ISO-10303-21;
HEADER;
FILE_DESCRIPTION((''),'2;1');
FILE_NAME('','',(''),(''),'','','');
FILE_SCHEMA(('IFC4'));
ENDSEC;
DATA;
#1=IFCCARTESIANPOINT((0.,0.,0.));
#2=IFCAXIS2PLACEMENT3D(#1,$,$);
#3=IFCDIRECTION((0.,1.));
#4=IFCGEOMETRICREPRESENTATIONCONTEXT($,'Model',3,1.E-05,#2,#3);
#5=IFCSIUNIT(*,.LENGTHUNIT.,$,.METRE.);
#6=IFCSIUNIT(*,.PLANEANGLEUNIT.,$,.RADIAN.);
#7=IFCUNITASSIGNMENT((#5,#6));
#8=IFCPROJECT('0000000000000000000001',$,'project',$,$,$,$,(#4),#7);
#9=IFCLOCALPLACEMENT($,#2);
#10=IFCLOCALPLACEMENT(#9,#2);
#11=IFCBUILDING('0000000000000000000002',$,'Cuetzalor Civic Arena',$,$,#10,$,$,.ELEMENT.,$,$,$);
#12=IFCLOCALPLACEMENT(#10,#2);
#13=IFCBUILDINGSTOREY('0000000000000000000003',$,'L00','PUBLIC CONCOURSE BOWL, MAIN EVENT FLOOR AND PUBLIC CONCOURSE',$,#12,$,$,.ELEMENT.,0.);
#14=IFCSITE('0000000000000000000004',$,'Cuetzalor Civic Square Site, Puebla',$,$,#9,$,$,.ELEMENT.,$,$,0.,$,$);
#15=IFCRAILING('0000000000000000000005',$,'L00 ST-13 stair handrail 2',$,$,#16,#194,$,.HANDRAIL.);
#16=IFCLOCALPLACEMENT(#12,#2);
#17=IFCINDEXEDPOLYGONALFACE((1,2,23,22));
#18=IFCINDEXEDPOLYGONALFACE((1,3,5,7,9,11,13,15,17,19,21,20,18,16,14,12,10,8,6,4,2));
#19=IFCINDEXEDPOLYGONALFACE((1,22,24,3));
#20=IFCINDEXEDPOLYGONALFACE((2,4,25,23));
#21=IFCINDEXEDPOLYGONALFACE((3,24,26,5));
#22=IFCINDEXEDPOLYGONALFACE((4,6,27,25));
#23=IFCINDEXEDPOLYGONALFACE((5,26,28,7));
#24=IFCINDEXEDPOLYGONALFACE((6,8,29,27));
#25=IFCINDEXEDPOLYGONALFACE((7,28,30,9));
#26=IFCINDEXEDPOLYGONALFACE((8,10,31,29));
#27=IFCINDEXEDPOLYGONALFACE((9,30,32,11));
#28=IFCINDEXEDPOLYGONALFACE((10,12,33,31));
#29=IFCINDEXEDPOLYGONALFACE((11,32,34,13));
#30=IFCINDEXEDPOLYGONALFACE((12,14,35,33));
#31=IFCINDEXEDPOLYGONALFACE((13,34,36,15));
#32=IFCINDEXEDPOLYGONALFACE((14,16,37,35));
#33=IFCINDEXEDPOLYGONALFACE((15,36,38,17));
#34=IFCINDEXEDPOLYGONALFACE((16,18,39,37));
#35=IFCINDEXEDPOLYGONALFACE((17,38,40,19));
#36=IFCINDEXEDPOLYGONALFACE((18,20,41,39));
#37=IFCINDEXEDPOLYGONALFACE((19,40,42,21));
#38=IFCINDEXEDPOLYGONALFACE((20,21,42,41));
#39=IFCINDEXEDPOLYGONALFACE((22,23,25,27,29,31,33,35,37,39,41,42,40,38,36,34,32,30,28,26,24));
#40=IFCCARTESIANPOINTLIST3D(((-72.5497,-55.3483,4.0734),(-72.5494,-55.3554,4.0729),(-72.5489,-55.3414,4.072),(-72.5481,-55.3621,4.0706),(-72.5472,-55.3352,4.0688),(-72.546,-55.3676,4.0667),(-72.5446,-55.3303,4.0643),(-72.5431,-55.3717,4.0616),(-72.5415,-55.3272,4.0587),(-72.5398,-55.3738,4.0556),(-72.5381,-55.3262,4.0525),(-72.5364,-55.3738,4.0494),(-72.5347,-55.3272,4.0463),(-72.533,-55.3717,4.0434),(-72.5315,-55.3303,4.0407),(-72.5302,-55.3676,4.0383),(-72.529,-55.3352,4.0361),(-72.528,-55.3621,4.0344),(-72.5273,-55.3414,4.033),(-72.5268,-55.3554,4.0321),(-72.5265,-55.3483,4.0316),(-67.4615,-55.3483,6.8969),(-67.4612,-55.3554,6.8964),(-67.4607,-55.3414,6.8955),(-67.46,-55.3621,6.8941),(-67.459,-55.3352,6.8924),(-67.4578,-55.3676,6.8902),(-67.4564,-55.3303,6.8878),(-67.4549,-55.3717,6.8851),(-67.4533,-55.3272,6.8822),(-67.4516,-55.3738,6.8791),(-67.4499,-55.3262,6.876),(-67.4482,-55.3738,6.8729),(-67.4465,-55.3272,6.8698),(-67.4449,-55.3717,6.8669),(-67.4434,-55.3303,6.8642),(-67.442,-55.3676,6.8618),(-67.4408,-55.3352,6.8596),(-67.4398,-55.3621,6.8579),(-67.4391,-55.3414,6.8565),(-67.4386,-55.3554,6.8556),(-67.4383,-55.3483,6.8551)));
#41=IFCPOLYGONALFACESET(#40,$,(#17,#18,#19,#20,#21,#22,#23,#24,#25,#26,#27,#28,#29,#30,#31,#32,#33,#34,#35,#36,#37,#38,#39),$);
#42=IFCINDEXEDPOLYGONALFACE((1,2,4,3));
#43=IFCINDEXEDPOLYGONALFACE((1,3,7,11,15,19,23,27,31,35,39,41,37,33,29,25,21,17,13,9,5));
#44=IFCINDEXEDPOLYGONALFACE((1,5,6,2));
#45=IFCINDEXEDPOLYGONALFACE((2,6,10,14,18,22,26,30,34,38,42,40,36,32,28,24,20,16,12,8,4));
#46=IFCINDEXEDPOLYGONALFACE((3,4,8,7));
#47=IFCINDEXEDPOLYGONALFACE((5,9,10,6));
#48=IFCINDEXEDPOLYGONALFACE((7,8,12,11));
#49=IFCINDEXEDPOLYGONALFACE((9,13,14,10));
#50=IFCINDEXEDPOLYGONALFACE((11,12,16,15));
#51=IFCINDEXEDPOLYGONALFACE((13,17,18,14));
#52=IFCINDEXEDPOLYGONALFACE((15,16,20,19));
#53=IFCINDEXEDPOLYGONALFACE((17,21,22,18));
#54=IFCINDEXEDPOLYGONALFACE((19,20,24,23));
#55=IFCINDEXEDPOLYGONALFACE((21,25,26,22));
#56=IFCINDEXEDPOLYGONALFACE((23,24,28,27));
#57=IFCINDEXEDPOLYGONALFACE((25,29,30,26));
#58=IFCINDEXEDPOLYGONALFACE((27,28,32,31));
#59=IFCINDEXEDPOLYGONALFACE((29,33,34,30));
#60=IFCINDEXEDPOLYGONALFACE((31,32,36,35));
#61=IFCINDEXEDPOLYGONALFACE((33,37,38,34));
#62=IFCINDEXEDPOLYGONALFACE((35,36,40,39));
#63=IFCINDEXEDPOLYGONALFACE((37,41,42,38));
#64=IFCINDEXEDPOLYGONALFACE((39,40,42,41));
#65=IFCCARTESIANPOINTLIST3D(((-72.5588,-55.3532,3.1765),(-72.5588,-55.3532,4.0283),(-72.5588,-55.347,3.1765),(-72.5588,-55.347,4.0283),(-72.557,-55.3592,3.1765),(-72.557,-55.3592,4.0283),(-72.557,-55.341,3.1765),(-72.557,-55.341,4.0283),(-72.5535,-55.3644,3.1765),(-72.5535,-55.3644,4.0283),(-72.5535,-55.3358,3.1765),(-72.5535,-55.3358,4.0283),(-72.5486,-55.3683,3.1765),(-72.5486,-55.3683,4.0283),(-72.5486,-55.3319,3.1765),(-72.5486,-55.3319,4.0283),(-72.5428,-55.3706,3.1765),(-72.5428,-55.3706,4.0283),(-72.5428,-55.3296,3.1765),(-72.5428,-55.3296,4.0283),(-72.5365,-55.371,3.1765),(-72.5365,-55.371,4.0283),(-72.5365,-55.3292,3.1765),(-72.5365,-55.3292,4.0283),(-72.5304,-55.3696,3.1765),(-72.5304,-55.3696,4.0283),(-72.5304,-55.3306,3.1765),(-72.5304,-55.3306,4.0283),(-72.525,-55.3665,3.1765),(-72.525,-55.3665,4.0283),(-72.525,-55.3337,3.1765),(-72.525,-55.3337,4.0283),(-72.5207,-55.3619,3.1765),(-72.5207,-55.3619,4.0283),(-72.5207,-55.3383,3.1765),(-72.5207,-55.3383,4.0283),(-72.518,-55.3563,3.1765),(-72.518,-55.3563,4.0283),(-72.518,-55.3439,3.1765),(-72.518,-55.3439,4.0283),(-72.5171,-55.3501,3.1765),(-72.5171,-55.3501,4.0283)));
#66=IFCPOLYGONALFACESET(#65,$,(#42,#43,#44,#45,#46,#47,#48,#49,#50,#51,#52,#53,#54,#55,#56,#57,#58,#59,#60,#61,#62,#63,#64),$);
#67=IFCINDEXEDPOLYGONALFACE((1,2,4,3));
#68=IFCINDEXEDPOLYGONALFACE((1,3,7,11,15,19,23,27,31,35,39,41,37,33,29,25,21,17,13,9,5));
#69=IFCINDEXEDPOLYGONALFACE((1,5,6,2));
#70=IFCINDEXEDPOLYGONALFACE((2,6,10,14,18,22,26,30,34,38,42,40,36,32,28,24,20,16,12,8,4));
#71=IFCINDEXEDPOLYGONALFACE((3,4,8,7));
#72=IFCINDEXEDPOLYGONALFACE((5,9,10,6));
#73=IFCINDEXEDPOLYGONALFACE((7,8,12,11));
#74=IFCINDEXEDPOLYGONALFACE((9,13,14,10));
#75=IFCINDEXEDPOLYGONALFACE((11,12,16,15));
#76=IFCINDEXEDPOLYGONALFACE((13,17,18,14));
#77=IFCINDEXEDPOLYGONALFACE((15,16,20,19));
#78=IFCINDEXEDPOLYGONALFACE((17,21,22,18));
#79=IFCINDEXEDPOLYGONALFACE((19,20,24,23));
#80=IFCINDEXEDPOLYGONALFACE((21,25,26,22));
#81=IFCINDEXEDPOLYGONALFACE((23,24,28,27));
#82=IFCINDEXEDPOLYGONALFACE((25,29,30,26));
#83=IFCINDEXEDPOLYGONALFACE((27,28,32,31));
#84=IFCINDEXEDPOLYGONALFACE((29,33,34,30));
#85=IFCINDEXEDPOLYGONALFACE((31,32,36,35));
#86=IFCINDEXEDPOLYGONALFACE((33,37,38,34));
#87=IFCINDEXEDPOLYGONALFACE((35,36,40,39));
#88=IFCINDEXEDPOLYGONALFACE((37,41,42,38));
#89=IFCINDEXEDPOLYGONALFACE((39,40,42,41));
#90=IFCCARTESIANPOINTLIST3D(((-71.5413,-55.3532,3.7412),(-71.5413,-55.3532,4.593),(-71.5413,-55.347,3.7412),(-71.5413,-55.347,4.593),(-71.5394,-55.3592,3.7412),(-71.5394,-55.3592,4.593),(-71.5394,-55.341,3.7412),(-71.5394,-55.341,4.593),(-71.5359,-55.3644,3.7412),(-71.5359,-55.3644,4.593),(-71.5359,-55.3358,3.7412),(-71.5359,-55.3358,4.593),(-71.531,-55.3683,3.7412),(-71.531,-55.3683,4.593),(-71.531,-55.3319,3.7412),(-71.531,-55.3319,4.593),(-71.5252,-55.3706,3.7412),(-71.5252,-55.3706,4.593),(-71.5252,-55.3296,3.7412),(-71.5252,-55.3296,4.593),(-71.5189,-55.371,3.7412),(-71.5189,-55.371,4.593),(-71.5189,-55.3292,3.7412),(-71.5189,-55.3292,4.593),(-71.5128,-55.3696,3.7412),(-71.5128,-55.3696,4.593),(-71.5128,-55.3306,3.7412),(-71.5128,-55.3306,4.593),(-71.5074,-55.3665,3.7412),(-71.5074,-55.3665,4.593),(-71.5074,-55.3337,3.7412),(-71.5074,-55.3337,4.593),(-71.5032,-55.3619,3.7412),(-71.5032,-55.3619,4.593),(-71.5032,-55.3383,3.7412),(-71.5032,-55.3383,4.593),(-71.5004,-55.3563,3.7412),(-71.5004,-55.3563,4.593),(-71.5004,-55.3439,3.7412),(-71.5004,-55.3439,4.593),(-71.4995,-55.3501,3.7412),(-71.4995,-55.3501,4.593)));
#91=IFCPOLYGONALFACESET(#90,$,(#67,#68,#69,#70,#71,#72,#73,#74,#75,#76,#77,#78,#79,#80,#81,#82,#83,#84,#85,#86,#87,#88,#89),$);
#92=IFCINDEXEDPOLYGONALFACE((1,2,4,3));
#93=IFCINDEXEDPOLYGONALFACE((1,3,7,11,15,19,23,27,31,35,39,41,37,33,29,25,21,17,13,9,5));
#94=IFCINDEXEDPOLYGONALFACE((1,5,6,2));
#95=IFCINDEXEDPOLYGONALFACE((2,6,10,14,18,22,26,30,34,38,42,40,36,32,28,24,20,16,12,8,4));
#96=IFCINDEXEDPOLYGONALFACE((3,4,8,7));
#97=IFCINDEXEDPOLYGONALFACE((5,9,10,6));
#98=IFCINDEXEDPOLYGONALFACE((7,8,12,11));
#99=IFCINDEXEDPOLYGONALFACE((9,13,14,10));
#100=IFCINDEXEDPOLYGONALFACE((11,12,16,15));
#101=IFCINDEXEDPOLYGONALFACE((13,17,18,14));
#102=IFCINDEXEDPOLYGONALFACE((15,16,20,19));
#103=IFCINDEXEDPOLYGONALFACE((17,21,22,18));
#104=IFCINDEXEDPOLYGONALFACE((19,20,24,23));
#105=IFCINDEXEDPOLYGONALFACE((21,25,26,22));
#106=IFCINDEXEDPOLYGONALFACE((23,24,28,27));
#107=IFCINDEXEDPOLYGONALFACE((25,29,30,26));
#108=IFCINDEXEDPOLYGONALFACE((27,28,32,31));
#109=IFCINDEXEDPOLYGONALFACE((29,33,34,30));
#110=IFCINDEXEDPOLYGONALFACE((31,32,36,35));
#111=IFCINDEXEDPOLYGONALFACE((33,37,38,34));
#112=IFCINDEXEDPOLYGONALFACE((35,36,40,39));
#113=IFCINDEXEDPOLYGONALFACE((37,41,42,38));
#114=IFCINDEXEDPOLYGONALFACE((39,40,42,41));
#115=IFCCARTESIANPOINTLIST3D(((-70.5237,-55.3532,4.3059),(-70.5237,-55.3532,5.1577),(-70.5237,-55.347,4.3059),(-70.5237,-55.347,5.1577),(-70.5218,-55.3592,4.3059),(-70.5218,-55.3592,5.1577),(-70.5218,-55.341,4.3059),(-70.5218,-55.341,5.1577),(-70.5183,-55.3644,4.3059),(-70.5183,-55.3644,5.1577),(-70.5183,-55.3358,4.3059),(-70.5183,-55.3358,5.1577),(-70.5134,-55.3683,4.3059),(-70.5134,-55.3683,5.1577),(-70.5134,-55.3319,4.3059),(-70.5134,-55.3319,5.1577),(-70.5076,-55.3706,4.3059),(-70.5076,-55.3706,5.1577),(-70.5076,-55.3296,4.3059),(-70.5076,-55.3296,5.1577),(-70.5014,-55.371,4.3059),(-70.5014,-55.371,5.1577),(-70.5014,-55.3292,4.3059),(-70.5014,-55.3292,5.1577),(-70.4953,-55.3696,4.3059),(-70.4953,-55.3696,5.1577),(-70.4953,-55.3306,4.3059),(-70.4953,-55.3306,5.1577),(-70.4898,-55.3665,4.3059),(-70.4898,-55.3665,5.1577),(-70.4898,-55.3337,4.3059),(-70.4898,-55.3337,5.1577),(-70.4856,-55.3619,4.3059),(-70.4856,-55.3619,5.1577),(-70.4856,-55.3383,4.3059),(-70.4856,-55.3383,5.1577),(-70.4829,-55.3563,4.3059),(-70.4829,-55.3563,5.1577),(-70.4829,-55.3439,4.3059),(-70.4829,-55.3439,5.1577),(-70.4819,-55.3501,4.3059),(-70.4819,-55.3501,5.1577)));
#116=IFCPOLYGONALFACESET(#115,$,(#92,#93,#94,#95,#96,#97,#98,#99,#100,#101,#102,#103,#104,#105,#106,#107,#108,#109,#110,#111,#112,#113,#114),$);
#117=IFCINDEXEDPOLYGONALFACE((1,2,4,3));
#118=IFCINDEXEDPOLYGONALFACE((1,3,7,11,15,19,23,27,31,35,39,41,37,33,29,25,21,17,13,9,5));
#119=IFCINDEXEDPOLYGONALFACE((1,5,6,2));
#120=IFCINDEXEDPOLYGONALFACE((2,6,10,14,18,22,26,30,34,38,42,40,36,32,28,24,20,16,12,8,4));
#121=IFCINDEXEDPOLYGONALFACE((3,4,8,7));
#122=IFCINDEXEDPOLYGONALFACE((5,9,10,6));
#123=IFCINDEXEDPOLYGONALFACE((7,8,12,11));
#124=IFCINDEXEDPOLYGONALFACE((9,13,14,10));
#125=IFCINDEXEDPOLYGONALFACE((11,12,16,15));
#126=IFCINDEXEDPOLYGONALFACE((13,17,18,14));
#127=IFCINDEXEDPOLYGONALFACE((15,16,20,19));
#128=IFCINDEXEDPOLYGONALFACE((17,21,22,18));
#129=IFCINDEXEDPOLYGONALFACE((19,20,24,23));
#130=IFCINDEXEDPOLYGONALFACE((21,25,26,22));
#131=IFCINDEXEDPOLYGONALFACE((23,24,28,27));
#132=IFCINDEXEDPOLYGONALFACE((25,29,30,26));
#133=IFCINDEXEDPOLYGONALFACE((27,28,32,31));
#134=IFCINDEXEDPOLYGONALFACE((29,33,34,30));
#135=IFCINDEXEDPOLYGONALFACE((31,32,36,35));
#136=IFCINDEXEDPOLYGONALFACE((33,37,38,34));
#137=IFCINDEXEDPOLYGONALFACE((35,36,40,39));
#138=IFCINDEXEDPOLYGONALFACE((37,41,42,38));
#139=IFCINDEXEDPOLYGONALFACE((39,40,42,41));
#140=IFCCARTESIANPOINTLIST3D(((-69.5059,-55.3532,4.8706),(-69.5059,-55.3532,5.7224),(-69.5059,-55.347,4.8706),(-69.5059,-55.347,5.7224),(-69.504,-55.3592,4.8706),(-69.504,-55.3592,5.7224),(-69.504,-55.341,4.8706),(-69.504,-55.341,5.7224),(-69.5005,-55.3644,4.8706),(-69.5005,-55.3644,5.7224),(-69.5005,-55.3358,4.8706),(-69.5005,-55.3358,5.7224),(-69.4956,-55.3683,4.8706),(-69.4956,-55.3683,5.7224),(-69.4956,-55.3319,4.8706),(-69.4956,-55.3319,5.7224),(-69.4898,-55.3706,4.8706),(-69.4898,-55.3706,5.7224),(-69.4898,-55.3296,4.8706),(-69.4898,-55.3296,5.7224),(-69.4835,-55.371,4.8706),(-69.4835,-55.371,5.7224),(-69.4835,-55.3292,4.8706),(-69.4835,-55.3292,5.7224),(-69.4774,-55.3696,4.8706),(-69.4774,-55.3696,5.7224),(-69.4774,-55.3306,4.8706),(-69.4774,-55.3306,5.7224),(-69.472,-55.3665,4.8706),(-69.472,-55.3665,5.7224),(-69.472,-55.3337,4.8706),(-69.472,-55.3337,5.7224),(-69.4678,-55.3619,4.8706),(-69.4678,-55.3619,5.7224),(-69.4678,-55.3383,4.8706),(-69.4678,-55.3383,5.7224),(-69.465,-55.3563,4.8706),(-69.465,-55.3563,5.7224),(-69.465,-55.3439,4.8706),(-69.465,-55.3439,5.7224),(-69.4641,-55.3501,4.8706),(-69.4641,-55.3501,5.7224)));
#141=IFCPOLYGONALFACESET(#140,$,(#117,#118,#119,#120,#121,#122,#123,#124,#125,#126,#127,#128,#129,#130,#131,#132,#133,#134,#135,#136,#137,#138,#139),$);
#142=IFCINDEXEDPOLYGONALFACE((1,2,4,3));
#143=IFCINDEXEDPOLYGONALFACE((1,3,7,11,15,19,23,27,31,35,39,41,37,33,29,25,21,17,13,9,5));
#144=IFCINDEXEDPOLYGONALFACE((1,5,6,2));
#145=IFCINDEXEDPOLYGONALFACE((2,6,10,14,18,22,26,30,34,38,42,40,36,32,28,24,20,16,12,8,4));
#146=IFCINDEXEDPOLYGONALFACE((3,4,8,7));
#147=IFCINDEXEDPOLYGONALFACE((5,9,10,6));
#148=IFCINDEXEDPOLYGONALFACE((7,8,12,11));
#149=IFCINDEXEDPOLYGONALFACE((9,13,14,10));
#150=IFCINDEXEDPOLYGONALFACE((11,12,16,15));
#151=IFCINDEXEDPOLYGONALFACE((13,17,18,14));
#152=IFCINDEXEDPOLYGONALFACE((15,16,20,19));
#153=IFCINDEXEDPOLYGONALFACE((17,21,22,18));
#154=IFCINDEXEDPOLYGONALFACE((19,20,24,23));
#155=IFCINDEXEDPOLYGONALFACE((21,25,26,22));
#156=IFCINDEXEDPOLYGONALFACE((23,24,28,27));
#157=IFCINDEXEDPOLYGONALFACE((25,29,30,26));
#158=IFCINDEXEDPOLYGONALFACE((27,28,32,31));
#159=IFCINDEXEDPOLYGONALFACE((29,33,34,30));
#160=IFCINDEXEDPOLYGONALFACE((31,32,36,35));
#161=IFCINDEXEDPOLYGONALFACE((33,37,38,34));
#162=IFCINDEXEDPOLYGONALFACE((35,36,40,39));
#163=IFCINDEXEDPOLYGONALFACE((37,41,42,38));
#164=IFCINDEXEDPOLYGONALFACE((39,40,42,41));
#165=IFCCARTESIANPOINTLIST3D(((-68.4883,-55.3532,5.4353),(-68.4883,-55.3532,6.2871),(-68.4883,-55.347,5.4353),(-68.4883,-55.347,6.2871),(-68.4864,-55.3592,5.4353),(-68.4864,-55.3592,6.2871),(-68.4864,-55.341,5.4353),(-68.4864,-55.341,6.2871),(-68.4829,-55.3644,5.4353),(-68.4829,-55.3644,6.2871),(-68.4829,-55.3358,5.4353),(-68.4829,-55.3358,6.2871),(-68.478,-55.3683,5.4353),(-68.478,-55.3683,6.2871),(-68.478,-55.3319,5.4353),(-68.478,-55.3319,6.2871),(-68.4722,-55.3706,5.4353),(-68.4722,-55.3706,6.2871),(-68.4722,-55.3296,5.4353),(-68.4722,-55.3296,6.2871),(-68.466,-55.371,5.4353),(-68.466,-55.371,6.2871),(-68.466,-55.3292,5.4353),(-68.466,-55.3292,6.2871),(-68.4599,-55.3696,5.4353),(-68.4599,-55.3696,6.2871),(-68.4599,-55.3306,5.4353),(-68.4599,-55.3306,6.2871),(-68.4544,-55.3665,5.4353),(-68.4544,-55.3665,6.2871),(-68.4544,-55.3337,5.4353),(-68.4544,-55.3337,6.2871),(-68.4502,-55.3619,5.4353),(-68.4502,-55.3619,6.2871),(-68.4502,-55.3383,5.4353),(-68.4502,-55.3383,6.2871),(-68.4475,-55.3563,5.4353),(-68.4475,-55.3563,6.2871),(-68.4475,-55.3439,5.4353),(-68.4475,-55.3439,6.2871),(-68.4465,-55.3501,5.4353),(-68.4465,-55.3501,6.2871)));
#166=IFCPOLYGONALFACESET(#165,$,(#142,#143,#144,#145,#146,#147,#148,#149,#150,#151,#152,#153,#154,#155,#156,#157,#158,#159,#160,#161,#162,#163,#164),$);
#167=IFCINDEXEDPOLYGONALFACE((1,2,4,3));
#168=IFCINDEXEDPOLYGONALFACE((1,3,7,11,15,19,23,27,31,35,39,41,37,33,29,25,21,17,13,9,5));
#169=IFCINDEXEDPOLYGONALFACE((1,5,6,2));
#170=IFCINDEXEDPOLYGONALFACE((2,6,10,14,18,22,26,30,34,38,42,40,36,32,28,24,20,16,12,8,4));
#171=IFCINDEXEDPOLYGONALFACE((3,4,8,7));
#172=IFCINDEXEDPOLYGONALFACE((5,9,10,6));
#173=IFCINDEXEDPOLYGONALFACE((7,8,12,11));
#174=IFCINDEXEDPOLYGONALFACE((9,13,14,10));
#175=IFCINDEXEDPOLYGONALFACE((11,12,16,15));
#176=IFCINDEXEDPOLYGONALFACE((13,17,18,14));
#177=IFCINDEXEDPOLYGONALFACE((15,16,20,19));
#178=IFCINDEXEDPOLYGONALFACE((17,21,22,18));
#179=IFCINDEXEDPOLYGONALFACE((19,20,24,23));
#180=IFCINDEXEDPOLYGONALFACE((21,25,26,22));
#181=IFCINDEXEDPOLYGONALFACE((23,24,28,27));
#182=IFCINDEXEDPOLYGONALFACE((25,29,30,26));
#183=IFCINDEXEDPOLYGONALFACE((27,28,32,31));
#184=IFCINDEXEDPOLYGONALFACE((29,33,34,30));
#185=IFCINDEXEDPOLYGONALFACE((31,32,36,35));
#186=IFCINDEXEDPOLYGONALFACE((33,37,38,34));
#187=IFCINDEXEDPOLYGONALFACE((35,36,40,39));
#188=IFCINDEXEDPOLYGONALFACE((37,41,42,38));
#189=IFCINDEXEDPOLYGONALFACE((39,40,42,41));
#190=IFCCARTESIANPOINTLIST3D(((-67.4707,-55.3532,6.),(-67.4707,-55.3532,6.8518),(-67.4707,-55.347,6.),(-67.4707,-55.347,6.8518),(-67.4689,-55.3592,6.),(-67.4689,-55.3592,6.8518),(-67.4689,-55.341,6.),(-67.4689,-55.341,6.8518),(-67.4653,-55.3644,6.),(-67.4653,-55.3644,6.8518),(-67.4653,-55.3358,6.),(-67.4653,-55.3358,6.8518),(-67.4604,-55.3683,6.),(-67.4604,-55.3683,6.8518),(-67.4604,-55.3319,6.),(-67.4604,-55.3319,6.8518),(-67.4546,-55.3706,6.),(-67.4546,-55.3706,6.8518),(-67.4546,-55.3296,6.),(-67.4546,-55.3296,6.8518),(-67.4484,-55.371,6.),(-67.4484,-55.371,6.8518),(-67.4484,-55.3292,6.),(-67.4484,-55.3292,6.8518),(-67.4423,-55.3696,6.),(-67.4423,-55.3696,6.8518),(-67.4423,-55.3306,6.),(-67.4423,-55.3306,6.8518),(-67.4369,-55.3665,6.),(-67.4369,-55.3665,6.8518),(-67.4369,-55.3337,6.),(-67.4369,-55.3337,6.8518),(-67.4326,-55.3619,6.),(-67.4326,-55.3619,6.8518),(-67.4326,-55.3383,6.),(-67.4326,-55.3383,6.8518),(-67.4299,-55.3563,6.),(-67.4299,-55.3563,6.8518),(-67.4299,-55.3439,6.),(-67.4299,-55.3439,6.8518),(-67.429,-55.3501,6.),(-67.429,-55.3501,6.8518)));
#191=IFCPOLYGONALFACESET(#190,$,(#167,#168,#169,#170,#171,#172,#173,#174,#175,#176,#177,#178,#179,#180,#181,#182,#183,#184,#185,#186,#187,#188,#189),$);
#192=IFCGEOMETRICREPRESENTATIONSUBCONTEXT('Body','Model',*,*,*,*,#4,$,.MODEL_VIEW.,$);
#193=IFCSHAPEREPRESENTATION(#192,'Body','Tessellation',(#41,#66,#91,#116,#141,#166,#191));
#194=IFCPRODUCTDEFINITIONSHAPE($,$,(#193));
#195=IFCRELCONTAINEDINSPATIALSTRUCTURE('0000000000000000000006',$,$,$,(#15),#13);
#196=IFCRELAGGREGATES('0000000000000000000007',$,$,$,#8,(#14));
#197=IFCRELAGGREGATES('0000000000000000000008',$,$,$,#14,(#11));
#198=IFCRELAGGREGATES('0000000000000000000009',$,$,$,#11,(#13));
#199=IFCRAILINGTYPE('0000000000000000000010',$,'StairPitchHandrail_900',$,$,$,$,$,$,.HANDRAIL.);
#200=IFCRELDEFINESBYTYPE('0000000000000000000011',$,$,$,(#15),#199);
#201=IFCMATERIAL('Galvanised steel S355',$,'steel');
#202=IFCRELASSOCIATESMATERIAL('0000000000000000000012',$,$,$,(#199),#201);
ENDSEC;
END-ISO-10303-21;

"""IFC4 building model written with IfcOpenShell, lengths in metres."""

from ifc_helpers import new_model, si_unit, direction, frame, origin, origin_2d, place, context, subcontext, project, spatial, circle, extrude, material, type_object, element, save


model = new_model("IFC4")

# Units and contexts
model_context = context("Model", 3, precision=1e-05, world=origin(), true_north=direction((0.0, 1.0)))
body_context = subcontext(model_context, "Body", "Model", "MODEL_VIEW")
ifc_project = project(units=[si_unit("LENGTHUNIT", "METRE"), si_unit("PLANEANGLEUNIT", "RADIAN")], contexts=[model_context])

# Site, building, storey
site_placement = place(None, origin())
site = spatial("IfcSite", under=ifc_project, at=site_placement, Name="Cuetzalor Civic Square Site, Puebla", CompositionType="ELEMENT", RefElevation=0.0)
building_placement = place(site_placement, origin())
building = spatial("IfcBuilding", under=site, at=building_placement, Name="Cuetzalor Civic Arena", CompositionType="ELEMENT")
storey_placement = place(building_placement, origin())
storey = spatial("IfcBuildingStorey", under=building, at=storey_placement, Name="L00", Description="PUBLIC CONCOURSE BOWL, MAIN EVENT FLOOR AND PUBLIC CONCOURSE", CompositionType="ELEMENT", Elevation=0.0)

# Railing
ifc_material_1 = material(Name="Galvanised steel S355", Category="steel")
railing_type_1 = type_object("IfcRailingType", Name="StairPitchHandrail_900", PredefinedType="HANDRAIL", material=ifc_material_1)
railing_1_placement = place(storey_placement, frame((-72.5381, -55.3501, 3.1765)))
element("IfcRailing", 1, at=railing_1_placement, inside=storey, type_object=railing_type_1, Name="L00 ST-13 stair handrail 2", PredefinedType="HANDRAIL", context=body_context, shape_type="SweptSolid", body=[
    extrude(circle(Radius=0.0239, at=origin_2d()), frame((0.0, 0.0, 0.876), z_axis=(0.874395, 0.0, 0.485215), x_axis=(0.0, 1.0, 0.0)), (0.0, 0.0, 1.0), 5.8191),
    extrude(circle(Radius=0.021, at=origin_2d()), origin(), (0.0, 0.0, 1.0), 0.8518),
    extrude(circle(Radius=0.021, at=origin_2d()), frame((1.0176, 0.0, 0.5647)), (0.0, 0.0, 1.0), 0.8518),
    extrude(circle(Radius=0.021, at=origin_2d()), frame((2.0352, 0.0, 1.1294)), (0.0, 0.0, 1.0), 0.8518),
    extrude(circle(Radius=0.021, at=origin_2d()), frame((3.053, 0.0, 1.6941)), (0.0, 0.0, 1.0), 0.8518),
    extrude(circle(Radius=0.021, at=origin_2d()), frame((4.0706, 0.0, 2.2588)), (0.0, 0.0, 1.0), 0.8518),
    extrude(circle(Radius=0.021, at=origin_2d()), frame((5.0881, 0.0, 2.8235)), (0.0, 0.0, 1.0), 0.8518),
])

save(model, "model.ifc")
